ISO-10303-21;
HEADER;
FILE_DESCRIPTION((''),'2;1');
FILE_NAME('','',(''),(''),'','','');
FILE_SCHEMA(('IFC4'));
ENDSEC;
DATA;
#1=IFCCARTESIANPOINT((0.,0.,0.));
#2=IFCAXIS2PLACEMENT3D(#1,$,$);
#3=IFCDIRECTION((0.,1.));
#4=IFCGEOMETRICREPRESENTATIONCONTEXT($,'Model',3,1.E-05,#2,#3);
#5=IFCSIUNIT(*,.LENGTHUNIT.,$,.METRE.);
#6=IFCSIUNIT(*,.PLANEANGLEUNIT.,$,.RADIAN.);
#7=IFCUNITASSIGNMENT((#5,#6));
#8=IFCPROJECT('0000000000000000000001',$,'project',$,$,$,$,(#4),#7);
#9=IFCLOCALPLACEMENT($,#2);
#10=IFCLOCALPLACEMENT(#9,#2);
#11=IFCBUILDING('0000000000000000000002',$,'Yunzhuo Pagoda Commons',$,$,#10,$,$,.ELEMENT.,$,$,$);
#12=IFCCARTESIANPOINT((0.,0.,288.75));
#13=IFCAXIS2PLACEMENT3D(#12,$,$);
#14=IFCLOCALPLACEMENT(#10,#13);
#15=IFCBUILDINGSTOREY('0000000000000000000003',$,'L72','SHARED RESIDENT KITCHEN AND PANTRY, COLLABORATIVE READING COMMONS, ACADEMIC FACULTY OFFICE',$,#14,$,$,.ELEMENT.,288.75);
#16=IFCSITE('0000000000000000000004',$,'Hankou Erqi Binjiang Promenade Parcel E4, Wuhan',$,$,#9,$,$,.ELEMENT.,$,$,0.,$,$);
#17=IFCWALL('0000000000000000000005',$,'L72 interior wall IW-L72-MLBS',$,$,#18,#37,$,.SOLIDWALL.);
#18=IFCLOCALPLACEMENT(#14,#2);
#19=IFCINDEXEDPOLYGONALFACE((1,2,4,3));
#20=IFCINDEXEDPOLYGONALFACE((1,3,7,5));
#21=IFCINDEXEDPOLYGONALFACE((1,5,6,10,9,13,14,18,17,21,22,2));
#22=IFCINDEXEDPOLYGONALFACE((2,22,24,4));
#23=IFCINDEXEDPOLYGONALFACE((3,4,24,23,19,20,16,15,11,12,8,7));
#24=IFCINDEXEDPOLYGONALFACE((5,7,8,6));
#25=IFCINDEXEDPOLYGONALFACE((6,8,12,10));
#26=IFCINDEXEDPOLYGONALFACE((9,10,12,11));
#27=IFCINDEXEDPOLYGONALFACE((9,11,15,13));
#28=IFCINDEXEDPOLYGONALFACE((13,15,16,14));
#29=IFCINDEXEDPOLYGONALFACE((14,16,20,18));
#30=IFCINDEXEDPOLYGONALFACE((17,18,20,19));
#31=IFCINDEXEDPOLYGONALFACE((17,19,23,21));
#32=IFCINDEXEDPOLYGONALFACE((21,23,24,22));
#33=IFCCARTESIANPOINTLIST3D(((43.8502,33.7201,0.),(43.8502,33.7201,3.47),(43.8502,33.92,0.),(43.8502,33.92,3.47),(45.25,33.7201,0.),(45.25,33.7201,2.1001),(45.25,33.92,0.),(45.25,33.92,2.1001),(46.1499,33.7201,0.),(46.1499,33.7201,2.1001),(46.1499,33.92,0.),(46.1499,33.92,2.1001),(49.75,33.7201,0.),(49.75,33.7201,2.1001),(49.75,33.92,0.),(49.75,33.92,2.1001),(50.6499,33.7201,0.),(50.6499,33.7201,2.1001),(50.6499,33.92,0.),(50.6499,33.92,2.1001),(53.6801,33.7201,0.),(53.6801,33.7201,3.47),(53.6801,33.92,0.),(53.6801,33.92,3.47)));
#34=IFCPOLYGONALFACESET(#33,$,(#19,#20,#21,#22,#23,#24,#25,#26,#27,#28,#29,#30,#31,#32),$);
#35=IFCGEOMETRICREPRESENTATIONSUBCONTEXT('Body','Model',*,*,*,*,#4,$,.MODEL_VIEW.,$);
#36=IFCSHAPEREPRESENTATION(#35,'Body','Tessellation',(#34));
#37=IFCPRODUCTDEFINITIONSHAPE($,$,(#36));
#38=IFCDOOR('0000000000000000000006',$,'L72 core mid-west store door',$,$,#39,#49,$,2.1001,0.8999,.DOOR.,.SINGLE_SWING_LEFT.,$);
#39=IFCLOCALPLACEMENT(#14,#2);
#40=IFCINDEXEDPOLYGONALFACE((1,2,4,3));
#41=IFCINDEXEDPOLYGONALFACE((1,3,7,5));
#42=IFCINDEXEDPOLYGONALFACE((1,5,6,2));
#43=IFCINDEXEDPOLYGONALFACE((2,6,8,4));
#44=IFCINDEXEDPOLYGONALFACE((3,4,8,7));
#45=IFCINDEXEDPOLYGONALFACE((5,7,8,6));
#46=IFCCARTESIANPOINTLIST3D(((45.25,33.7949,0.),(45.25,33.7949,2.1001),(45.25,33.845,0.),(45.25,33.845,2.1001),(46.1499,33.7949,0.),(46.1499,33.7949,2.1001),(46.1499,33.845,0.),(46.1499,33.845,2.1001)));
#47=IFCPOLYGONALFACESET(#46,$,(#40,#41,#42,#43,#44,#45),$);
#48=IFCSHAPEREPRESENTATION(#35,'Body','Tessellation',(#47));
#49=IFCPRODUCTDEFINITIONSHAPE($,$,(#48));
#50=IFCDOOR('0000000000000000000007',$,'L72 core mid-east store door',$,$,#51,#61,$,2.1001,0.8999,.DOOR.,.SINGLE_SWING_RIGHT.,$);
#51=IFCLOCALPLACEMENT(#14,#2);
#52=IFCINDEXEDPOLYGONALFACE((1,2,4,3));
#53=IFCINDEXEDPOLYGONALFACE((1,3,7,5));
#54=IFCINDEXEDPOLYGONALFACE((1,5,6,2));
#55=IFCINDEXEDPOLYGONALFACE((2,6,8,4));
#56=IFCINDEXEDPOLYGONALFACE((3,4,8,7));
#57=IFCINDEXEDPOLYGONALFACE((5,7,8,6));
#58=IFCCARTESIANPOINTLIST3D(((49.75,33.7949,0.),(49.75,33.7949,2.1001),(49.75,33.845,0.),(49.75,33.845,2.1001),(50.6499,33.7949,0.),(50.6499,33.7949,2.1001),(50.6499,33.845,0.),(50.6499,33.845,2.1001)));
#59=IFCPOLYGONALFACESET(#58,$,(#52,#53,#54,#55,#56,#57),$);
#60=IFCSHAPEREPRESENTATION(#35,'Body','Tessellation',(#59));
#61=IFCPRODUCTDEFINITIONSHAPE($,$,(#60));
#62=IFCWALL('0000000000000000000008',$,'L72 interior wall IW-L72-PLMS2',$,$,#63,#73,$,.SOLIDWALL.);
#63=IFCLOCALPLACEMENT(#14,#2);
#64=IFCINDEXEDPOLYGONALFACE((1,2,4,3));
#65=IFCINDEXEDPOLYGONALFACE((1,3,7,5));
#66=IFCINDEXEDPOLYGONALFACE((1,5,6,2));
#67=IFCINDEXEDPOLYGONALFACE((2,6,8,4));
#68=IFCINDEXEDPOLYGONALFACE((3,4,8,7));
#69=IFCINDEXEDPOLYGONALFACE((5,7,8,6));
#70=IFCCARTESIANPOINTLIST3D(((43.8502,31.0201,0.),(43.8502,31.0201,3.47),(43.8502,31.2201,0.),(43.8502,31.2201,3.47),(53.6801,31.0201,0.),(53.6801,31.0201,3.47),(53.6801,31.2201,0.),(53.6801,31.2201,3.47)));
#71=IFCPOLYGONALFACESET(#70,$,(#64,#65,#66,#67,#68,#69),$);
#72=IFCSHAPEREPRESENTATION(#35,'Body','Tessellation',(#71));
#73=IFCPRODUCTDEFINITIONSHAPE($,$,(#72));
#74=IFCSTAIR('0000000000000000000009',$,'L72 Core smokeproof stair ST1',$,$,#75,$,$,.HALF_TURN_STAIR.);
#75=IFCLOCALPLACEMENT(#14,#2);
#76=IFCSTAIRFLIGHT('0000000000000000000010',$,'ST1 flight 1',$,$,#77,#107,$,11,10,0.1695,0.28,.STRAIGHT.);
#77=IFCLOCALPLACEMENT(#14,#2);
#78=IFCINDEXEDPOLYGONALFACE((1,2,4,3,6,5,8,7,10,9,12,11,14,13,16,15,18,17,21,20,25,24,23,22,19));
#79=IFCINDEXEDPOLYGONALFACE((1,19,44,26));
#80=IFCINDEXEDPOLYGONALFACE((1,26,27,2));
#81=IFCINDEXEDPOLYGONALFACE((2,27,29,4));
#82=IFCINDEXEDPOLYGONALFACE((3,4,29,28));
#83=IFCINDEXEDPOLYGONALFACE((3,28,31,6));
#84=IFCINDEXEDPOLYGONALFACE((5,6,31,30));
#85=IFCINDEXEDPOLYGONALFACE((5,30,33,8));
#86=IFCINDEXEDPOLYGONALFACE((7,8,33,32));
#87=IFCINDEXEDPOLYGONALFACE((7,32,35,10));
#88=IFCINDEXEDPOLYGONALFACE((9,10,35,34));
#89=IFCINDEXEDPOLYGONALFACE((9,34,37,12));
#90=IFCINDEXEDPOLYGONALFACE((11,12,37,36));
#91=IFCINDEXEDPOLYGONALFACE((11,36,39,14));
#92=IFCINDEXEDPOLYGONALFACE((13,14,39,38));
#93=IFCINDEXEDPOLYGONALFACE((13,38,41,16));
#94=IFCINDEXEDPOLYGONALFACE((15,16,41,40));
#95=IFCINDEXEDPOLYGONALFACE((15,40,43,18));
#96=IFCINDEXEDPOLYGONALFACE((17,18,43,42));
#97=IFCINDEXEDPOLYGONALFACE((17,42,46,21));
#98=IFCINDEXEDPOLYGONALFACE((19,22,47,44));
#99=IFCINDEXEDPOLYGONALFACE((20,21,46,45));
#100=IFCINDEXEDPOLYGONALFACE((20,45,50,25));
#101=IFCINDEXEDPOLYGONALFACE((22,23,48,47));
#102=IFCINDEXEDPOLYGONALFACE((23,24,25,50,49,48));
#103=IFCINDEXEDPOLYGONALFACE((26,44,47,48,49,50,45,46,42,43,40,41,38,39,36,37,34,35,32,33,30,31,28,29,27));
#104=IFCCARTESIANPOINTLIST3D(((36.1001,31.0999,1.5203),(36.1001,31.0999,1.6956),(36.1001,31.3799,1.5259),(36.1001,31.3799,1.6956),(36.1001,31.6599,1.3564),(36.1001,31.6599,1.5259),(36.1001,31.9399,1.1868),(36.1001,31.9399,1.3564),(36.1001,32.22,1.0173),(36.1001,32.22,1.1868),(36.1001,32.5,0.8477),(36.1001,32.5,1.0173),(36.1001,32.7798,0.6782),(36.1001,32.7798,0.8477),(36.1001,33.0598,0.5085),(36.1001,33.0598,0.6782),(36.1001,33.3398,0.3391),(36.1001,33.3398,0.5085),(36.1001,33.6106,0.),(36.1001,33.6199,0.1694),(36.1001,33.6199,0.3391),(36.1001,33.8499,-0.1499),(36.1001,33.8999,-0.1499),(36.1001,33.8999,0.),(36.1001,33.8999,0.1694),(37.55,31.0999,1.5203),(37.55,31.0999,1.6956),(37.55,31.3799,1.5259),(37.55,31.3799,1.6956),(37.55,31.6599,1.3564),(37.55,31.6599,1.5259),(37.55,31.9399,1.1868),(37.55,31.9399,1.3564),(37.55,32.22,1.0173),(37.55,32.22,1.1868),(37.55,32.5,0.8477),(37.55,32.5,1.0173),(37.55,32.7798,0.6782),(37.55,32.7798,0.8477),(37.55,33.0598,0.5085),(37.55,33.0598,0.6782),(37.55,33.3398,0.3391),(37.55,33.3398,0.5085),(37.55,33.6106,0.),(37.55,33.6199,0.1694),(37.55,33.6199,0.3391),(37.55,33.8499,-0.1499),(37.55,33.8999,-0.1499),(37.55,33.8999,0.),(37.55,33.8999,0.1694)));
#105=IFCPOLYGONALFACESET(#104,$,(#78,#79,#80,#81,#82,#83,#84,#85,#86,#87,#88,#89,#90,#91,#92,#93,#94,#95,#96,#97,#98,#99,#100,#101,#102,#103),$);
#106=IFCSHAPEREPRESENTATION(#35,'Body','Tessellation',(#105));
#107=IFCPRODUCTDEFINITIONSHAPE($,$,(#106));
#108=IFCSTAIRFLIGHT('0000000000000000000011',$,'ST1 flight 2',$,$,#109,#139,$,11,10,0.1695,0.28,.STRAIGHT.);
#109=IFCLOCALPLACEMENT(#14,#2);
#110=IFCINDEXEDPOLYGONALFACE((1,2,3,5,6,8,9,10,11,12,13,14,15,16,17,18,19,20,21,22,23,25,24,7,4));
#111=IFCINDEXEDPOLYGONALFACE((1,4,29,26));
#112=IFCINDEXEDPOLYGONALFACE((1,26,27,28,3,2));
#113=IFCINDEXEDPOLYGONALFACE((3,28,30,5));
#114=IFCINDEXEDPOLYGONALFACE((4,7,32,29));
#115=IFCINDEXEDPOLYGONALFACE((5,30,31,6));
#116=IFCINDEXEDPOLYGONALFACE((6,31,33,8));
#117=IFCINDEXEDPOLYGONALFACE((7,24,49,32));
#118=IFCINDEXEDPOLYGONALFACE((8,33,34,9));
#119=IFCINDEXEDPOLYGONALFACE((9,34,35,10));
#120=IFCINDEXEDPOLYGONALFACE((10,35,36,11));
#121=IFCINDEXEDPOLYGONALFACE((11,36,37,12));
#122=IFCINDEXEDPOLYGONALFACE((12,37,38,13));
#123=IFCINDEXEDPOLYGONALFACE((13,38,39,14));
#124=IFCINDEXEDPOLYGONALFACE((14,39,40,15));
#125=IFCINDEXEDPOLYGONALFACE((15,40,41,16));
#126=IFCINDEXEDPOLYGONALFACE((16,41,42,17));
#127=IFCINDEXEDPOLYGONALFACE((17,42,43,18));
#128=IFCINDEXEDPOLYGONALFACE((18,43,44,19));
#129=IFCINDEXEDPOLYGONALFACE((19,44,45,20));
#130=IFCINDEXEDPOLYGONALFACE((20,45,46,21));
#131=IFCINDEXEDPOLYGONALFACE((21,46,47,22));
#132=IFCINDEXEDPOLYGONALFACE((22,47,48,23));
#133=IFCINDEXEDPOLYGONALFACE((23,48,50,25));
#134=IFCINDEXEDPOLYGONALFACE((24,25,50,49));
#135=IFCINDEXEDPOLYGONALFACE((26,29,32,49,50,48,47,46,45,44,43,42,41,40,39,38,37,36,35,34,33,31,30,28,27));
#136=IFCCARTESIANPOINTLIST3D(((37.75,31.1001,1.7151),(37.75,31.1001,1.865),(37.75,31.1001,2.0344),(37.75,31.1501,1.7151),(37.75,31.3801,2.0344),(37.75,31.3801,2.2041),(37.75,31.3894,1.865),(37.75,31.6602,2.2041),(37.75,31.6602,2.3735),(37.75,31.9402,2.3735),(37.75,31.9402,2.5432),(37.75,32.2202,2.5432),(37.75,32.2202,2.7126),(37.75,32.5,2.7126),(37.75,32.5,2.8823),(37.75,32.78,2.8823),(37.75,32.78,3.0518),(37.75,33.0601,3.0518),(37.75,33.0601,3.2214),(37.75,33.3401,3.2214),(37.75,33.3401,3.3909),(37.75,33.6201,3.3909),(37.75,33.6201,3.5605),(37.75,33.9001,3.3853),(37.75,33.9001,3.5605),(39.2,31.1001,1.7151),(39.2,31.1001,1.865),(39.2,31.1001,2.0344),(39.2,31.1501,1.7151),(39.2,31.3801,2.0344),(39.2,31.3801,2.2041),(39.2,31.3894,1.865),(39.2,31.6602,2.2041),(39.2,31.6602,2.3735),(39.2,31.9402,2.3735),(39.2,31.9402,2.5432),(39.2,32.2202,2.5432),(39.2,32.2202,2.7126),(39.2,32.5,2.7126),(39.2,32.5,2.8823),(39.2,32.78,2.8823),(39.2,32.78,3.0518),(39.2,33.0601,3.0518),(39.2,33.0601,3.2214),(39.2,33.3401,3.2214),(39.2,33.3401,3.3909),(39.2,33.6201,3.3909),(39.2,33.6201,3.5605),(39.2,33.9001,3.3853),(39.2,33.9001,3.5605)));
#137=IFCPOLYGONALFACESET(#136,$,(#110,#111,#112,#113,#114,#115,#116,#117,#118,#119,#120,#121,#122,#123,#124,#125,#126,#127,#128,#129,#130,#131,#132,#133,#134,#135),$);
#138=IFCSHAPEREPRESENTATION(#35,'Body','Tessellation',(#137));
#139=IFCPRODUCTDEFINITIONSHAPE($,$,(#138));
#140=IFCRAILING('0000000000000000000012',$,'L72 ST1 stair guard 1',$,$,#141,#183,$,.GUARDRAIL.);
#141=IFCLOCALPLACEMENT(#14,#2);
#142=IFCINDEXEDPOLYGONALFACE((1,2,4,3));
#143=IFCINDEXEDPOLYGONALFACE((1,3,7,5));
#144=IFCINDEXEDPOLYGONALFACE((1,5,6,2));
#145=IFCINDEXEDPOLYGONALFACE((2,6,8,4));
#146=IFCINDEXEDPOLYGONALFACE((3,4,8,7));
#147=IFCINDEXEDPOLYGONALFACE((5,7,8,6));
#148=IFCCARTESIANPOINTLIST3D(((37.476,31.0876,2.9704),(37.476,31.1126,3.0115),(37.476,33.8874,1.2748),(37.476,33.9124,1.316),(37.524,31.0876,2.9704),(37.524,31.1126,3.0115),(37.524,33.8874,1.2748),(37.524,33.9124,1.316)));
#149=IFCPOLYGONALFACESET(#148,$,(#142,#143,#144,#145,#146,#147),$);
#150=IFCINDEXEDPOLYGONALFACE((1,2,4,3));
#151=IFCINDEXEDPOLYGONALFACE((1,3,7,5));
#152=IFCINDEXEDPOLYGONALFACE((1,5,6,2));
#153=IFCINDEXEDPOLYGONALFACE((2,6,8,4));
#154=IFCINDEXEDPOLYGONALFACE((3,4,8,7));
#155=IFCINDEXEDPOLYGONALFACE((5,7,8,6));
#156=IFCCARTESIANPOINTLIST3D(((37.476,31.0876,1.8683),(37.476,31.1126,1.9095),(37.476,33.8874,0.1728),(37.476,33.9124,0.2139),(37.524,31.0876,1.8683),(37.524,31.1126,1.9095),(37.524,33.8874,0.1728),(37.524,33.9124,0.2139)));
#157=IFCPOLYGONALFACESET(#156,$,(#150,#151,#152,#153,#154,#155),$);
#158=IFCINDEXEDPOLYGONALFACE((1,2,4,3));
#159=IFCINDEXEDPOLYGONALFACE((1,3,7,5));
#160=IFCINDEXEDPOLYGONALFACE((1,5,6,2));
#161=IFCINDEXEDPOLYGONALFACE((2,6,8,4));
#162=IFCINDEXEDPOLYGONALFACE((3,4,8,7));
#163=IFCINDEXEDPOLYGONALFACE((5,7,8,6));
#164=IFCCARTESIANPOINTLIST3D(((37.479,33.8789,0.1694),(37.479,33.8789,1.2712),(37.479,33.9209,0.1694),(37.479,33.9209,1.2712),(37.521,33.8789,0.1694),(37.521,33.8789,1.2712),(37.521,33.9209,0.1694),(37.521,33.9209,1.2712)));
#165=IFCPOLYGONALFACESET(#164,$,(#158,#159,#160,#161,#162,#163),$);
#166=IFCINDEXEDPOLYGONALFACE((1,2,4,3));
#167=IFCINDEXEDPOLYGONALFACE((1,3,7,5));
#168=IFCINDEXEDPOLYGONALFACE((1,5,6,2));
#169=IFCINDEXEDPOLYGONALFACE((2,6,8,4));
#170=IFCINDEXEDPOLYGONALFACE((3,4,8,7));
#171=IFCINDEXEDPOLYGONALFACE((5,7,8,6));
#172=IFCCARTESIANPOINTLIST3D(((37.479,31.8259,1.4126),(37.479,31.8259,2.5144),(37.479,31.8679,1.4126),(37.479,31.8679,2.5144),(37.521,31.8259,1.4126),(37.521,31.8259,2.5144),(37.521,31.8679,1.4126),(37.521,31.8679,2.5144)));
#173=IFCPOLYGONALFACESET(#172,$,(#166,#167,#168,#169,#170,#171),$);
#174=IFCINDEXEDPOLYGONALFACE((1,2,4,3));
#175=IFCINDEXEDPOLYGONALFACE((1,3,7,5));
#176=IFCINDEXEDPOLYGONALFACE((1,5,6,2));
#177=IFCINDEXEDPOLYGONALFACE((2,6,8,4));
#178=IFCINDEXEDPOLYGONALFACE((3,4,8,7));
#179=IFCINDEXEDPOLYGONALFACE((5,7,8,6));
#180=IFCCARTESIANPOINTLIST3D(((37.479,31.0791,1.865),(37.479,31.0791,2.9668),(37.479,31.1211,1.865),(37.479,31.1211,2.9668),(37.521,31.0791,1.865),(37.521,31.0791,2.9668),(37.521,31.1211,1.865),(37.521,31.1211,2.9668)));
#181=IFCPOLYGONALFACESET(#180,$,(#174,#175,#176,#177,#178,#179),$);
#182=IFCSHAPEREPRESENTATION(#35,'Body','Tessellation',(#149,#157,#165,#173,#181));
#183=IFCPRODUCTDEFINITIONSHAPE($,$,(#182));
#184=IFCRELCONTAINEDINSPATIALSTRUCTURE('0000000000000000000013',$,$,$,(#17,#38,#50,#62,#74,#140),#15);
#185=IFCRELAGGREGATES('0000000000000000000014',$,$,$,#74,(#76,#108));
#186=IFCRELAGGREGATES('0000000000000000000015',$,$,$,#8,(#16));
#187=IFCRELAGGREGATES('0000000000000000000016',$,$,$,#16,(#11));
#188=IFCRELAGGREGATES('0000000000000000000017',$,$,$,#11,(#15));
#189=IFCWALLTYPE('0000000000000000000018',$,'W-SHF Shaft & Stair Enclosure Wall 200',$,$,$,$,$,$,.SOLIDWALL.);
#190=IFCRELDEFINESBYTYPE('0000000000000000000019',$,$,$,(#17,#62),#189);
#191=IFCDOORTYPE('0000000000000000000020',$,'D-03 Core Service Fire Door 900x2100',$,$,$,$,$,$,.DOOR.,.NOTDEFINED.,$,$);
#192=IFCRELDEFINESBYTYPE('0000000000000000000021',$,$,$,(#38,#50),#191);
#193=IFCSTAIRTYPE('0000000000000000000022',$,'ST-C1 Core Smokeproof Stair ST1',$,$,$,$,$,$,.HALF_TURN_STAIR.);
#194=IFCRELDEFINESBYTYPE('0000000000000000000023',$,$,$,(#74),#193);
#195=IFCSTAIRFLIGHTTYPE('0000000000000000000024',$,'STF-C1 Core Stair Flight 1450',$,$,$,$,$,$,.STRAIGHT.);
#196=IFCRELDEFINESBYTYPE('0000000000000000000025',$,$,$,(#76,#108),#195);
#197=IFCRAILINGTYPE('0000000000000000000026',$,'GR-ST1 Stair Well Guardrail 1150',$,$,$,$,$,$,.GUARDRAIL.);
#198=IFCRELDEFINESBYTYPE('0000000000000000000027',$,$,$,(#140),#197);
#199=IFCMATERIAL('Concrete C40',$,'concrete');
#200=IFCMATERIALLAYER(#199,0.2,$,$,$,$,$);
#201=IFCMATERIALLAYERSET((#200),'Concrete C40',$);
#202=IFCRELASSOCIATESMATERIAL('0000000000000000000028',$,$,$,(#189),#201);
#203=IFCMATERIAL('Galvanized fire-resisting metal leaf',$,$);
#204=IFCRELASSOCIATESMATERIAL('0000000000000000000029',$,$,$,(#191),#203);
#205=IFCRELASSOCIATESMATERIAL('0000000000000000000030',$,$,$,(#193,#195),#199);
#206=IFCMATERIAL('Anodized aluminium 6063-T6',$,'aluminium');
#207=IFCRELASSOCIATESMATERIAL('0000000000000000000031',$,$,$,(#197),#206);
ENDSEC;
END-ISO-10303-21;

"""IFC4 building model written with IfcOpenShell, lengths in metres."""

from ifc_helpers import new_model, si_unit, direction, frame, frame_2d, origin, origin_with_axes, origin_2d, place, context, subcontext, project, spatial, polyline, rectangle, outline, extrude, source, transform, mapped, material, layer, layer_set, type_object, element, fill, aggregate, save


model = new_model("IFC4")

# Units and contexts
model_context = context("Model", 3, precision=1e-05, world=origin(), true_north=direction((0.0, 1.0)))
body_context = subcontext(model_context, "Body", "Model", "MODEL_VIEW")
ifc_project = project(units=[si_unit("LENGTHUNIT", "METRE"), si_unit("PLANEANGLEUNIT", "RADIAN")], contexts=[model_context])

# Site, building, storey
site_placement = place(None, origin())
site = spatial("IfcSite", under=ifc_project, at=site_placement, Name="Hankou Erqi Binjiang Promenade Parcel E4, Wuhan", CompositionType="ELEMENT", RefElevation=0.0)
building_placement = place(site_placement, origin())
building = spatial("IfcBuilding", under=site, at=building_placement, Name="Yunzhuo Pagoda Commons", CompositionType="ELEMENT")
storey_placement = place(building_placement, frame((0.0, 0.0, 288.75)))
storey = spatial("IfcBuildingStorey", under=building, at=storey_placement, Name="L72", Description="SHARED RESIDENT KITCHEN AND PANTRY, COLLABORATIVE READING COMMONS, ACADEMIC FACULTY OFFICE", CompositionType="ELEMENT", Elevation=288.75)

# Shared definitions
ifc_material_1 = material(Name="Galvanized fire-resisting metal leaf")

# Shared definitions
ifc_material_2 = material(Name="Concrete C40", Category="concrete")
ifc_layer_1 = layer(ifc_material_2, 0.2)
ifc_layer_set_1 = layer_set([ifc_layer_1], Name="Concrete C40")
wall_type_1 = type_object("IfcWallType", Name="W-SHF Shaft & Stair Enclosure Wall 200", PredefinedType="SOLIDWALL", material=ifc_layer_set_1)

# Shared definitions
door_type_1 = type_object("IfcDoorType", Name="D-03 Core Service Fire Door 900x2100", OperationType="NOTDEFINED", PredefinedType="DOOR", material=ifc_material_1)
shared_shape_1 = source(origin(), body_context, "Body", "SweptSolid", [
    extrude(rectangle(XDim=0.8999, YDim=2.1001, at=frame_2d((0.45, 1.05))), frame((0.0, 0.0249, 0.0), z_axis=(0.0, -1.0, 0.0), x_axis=(1.0, 0.0, 0.0)), (0.0, 0.0, 1.0), 0.05),
])

# Wall, openings, doors
wall_1_placement = place(storey_placement, frame((43.8501, 33.8201, 0.0), z_axis=(0.0, 0.0, 1.0), x_axis=(1.0, 0.0, 0.0)))
wall_1 = element("IfcWall", 1, at=wall_1_placement, inside=storey, type_object=wall_type_1, Name="L72 interior wall IW-L72-MLBS", PredefinedType="SOLIDWALL", context=body_context, shape_type="SweptSolid", body=[
    extrude(rectangle(XDim=9.8298, YDim=0.2, at=frame_2d((4.915, 0.0))), origin(), (0.0, 0.0, 1.0), 3.47),
])
opening_1_placement = place(wall_1_placement, frame((1.3999, 0.0, 0.0)))
opening_1 = element("IfcOpeningElement", 2, at=opening_1_placement, cuts=wall_1, PredefinedType="OPENING", context=body_context, shape_type="SweptSolid", body=[
    extrude(rectangle(XDim=0.8999, YDim=2.1001, at=frame_2d((0.45, 1.05))), frame((0.0, 0.1099, 0.0), z_axis=(0.0, -1.0, 0.0), x_axis=(1.0, 0.0, 0.0)), (0.0, 0.0, 1.0), 0.22),
])
opening_2_placement = place(wall_1_placement, frame((5.8999, 0.0, 0.0)))
opening_2 = element("IfcOpeningElement", 3, at=opening_2_placement, cuts=wall_1, PredefinedType="OPENING", context=body_context, shape_type="SweptSolid", body=[
    extrude(rectangle(XDim=0.8999, YDim=2.1001, at=frame_2d((0.45, 1.05))), frame((0.0, 0.1099, 0.0), z_axis=(0.0, -1.0, 0.0), x_axis=(1.0, 0.0, 0.0)), (0.0, 0.0, 1.0), 0.22),
])
door_1_placement = place(opening_1_placement, origin_with_axes())
door_1 = element("IfcDoor", 4, at=door_1_placement, inside=storey, type_object=door_type_1, Name="L72 core mid-west store door", OperationType="SINGLE_SWING_LEFT", OverallHeight=2.1001, OverallWidth=0.8999, PredefinedType="DOOR", context=body_context, shape_type="MappedRepresentation", body=[
    mapped(shared_shape_1, transform((0.0, 0.0, 0.0), scale=1.0)),
])
fill(opening_1, door_1)
door_2_placement = place(opening_2_placement, origin_with_axes())
door_2 = element("IfcDoor", 5, at=door_2_placement, inside=storey, type_object=door_type_1, Name="L72 core mid-east store door", OperationType="SINGLE_SWING_RIGHT", OverallHeight=2.1001, OverallWidth=0.8999, PredefinedType="DOOR", context=body_context, shape_type="MappedRepresentation", body=[
    mapped(shared_shape_1, transform((0.0, 0.0, 0.0), scale=1.0)),
])
fill(opening_2, door_2)

# Wall
wall_2_placement = place(storey_placement, frame((43.8501, 31.1201, 0.0), z_axis=(0.0, 0.0, 1.0), x_axis=(1.0, 0.0, 0.0)))
element("IfcWall", 6, at=wall_2_placement, inside=storey, type_object=wall_type_1, Name="L72 interior wall IW-L72-PLMS2", PredefinedType="SOLIDWALL", context=body_context, shape_type="SweptSolid", body=[
    extrude(rectangle(XDim=9.8298, YDim=0.2, at=frame_2d((4.915, 0.0))), origin(), (0.0, 0.0, 1.0), 3.47),
])

# Stair, stair flights
stair_type = type_object("IfcStairType", Name="ST-C1 Core Smokeproof Stair ST1", PredefinedType="HALF_TURN_STAIR", material=ifc_material_2)
stair_placement = place(storey_placement, origin())
stair = element("IfcStair", 7, at=stair_placement, inside=storey, type_object=stair_type, Name="L72 Core smokeproof stair ST1", PredefinedType="HALF_TURN_STAIR")
stair_flight_type = type_object("IfcStairFlightType", Name="STF-C1 Core Stair Flight 1450", PredefinedType="STRAIGHT", material=ifc_material_2)
shared_shape_2 = source(origin(), body_context, "Body", "SweptSolid", [
    extrude(outline(polyline([(0.0, -0.1499), (0.0, 0.0), (0.0, 0.1694), (0.28, 0.1694), (0.28, 0.3391), (0.5601, 0.3391), (0.5601, 0.5085), (0.8401, 0.5085), (0.8401, 0.6782), (1.1201, 0.6782), (1.1201, 0.8477), (1.3999, 0.8477), (1.3999, 1.0173), (1.6799, 1.0173), (1.6799, 1.1868), (1.96, 1.1868), (1.96, 1.3564), (2.24, 1.3564), (2.24, 1.5259), (2.52, 1.5259), (2.52, 1.6956), (2.8, 1.6956), (2.8, 1.865), (2.8, 1.5203), (0.2893, 0.0), (0.05, -0.1499), (0.0, -0.1499)])), frame((0.0, 0.7251, 0.0), z_axis=(0.0, -1.0, 0.0), x_axis=(1.0, 0.0, 0.0)), (0.0, 0.0, 1.0), 1.45),
])
stair_flight_1_placement = place(storey_placement, frame((36.825, 33.8999, 0.0), z_axis=(0.0, 0.0, 1.0), x_axis=(0.0, -1.0, 0.0)))
stair_flight_1 = element("IfcStairFlight", 8, at=stair_flight_1_placement, type_object=stair_flight_type, Name="ST1 flight 1", NumberOfRisers=11, NumberOfTreads=10, PredefinedType="STRAIGHT", RiserHeight=0.1695, TreadLength=0.28, context=body_context, shape_type="MappedRepresentation", body=[
    mapped(shared_shape_2, transform((0.0, 0.0, 0.0), scale=1.0)),
])
stair_flight_2_placement = place(storey_placement, frame((38.4751, 31.1001, 1.865), z_axis=(0.0, 0.0, 1.0), x_axis=(0.0, 1.0, 0.0)))
stair_flight_2 = element("IfcStairFlight", 9, at=stair_flight_2_placement, type_object=stair_flight_type, Name="ST1 flight 2", NumberOfRisers=11, NumberOfTreads=10, PredefinedType="STRAIGHT", RiserHeight=0.1695, TreadLength=0.28, context=body_context, shape_type="MappedRepresentation", body=[
    mapped(shared_shape_2, transform((0.0, 0.0, 0.0), scale=1.0)),
])
aggregate(stair, [stair_flight_1, stair_flight_2])

# Railing
ifc_material_3 = material(Name="Anodized aluminium 6063-T6", Category="aluminium")
railing_type_1 = type_object("IfcRailingType", Name="GR-ST1 Stair Well Guardrail 1150", PredefinedType="GUARDRAIL", material=ifc_material_3)
railing_1_placement = place(storey_placement, frame((37.5, 33.8999, 0.1694)))
element("IfcRailing", 10, at=railing_1_placement, inside=storey, type_object=railing_type_1, Name="L72 ST1 stair guard 1", PredefinedType="GUARDRAIL", context=body_context, shape_type="SweptSolid", body=[
    extrude(rectangle(XDim=0.0481, YDim=0.0481, at=origin_2d()), frame((0.0, 0.0, 1.126), z_axis=(0.0, -0.855373, 0.518012), x_axis=(1.0, 0.0, 0.0)), (0.0, 0.0, 1.0), 3.2732),
    extrude(rectangle(XDim=0.0481, YDim=0.0481, at=origin_2d()), frame((0.0, 0.0, 0.0239), z_axis=(0.0, -0.855373, 0.518012), x_axis=(1.0, 0.0, 0.0)), (0.0, 0.0, 1.0), 3.2732),
    extrude(rectangle(XDim=0.042, YDim=0.042, at=origin_2d()), origin(), (0.0, 0.0, 1.0), 1.1018),
    extrude(rectangle(XDim=0.042, YDim=0.042, at=origin_2d()), frame((0.0, -2.053, 1.2432)), (0.0, 0.0, 1.0), 1.1018),
    extrude(rectangle(XDim=0.042, YDim=0.042, at=origin_2d()), frame((0.0, -2.7998, 1.6956)), (0.0, 0.0, 1.0), 1.1018),
])

save(model, "model.ifc")
